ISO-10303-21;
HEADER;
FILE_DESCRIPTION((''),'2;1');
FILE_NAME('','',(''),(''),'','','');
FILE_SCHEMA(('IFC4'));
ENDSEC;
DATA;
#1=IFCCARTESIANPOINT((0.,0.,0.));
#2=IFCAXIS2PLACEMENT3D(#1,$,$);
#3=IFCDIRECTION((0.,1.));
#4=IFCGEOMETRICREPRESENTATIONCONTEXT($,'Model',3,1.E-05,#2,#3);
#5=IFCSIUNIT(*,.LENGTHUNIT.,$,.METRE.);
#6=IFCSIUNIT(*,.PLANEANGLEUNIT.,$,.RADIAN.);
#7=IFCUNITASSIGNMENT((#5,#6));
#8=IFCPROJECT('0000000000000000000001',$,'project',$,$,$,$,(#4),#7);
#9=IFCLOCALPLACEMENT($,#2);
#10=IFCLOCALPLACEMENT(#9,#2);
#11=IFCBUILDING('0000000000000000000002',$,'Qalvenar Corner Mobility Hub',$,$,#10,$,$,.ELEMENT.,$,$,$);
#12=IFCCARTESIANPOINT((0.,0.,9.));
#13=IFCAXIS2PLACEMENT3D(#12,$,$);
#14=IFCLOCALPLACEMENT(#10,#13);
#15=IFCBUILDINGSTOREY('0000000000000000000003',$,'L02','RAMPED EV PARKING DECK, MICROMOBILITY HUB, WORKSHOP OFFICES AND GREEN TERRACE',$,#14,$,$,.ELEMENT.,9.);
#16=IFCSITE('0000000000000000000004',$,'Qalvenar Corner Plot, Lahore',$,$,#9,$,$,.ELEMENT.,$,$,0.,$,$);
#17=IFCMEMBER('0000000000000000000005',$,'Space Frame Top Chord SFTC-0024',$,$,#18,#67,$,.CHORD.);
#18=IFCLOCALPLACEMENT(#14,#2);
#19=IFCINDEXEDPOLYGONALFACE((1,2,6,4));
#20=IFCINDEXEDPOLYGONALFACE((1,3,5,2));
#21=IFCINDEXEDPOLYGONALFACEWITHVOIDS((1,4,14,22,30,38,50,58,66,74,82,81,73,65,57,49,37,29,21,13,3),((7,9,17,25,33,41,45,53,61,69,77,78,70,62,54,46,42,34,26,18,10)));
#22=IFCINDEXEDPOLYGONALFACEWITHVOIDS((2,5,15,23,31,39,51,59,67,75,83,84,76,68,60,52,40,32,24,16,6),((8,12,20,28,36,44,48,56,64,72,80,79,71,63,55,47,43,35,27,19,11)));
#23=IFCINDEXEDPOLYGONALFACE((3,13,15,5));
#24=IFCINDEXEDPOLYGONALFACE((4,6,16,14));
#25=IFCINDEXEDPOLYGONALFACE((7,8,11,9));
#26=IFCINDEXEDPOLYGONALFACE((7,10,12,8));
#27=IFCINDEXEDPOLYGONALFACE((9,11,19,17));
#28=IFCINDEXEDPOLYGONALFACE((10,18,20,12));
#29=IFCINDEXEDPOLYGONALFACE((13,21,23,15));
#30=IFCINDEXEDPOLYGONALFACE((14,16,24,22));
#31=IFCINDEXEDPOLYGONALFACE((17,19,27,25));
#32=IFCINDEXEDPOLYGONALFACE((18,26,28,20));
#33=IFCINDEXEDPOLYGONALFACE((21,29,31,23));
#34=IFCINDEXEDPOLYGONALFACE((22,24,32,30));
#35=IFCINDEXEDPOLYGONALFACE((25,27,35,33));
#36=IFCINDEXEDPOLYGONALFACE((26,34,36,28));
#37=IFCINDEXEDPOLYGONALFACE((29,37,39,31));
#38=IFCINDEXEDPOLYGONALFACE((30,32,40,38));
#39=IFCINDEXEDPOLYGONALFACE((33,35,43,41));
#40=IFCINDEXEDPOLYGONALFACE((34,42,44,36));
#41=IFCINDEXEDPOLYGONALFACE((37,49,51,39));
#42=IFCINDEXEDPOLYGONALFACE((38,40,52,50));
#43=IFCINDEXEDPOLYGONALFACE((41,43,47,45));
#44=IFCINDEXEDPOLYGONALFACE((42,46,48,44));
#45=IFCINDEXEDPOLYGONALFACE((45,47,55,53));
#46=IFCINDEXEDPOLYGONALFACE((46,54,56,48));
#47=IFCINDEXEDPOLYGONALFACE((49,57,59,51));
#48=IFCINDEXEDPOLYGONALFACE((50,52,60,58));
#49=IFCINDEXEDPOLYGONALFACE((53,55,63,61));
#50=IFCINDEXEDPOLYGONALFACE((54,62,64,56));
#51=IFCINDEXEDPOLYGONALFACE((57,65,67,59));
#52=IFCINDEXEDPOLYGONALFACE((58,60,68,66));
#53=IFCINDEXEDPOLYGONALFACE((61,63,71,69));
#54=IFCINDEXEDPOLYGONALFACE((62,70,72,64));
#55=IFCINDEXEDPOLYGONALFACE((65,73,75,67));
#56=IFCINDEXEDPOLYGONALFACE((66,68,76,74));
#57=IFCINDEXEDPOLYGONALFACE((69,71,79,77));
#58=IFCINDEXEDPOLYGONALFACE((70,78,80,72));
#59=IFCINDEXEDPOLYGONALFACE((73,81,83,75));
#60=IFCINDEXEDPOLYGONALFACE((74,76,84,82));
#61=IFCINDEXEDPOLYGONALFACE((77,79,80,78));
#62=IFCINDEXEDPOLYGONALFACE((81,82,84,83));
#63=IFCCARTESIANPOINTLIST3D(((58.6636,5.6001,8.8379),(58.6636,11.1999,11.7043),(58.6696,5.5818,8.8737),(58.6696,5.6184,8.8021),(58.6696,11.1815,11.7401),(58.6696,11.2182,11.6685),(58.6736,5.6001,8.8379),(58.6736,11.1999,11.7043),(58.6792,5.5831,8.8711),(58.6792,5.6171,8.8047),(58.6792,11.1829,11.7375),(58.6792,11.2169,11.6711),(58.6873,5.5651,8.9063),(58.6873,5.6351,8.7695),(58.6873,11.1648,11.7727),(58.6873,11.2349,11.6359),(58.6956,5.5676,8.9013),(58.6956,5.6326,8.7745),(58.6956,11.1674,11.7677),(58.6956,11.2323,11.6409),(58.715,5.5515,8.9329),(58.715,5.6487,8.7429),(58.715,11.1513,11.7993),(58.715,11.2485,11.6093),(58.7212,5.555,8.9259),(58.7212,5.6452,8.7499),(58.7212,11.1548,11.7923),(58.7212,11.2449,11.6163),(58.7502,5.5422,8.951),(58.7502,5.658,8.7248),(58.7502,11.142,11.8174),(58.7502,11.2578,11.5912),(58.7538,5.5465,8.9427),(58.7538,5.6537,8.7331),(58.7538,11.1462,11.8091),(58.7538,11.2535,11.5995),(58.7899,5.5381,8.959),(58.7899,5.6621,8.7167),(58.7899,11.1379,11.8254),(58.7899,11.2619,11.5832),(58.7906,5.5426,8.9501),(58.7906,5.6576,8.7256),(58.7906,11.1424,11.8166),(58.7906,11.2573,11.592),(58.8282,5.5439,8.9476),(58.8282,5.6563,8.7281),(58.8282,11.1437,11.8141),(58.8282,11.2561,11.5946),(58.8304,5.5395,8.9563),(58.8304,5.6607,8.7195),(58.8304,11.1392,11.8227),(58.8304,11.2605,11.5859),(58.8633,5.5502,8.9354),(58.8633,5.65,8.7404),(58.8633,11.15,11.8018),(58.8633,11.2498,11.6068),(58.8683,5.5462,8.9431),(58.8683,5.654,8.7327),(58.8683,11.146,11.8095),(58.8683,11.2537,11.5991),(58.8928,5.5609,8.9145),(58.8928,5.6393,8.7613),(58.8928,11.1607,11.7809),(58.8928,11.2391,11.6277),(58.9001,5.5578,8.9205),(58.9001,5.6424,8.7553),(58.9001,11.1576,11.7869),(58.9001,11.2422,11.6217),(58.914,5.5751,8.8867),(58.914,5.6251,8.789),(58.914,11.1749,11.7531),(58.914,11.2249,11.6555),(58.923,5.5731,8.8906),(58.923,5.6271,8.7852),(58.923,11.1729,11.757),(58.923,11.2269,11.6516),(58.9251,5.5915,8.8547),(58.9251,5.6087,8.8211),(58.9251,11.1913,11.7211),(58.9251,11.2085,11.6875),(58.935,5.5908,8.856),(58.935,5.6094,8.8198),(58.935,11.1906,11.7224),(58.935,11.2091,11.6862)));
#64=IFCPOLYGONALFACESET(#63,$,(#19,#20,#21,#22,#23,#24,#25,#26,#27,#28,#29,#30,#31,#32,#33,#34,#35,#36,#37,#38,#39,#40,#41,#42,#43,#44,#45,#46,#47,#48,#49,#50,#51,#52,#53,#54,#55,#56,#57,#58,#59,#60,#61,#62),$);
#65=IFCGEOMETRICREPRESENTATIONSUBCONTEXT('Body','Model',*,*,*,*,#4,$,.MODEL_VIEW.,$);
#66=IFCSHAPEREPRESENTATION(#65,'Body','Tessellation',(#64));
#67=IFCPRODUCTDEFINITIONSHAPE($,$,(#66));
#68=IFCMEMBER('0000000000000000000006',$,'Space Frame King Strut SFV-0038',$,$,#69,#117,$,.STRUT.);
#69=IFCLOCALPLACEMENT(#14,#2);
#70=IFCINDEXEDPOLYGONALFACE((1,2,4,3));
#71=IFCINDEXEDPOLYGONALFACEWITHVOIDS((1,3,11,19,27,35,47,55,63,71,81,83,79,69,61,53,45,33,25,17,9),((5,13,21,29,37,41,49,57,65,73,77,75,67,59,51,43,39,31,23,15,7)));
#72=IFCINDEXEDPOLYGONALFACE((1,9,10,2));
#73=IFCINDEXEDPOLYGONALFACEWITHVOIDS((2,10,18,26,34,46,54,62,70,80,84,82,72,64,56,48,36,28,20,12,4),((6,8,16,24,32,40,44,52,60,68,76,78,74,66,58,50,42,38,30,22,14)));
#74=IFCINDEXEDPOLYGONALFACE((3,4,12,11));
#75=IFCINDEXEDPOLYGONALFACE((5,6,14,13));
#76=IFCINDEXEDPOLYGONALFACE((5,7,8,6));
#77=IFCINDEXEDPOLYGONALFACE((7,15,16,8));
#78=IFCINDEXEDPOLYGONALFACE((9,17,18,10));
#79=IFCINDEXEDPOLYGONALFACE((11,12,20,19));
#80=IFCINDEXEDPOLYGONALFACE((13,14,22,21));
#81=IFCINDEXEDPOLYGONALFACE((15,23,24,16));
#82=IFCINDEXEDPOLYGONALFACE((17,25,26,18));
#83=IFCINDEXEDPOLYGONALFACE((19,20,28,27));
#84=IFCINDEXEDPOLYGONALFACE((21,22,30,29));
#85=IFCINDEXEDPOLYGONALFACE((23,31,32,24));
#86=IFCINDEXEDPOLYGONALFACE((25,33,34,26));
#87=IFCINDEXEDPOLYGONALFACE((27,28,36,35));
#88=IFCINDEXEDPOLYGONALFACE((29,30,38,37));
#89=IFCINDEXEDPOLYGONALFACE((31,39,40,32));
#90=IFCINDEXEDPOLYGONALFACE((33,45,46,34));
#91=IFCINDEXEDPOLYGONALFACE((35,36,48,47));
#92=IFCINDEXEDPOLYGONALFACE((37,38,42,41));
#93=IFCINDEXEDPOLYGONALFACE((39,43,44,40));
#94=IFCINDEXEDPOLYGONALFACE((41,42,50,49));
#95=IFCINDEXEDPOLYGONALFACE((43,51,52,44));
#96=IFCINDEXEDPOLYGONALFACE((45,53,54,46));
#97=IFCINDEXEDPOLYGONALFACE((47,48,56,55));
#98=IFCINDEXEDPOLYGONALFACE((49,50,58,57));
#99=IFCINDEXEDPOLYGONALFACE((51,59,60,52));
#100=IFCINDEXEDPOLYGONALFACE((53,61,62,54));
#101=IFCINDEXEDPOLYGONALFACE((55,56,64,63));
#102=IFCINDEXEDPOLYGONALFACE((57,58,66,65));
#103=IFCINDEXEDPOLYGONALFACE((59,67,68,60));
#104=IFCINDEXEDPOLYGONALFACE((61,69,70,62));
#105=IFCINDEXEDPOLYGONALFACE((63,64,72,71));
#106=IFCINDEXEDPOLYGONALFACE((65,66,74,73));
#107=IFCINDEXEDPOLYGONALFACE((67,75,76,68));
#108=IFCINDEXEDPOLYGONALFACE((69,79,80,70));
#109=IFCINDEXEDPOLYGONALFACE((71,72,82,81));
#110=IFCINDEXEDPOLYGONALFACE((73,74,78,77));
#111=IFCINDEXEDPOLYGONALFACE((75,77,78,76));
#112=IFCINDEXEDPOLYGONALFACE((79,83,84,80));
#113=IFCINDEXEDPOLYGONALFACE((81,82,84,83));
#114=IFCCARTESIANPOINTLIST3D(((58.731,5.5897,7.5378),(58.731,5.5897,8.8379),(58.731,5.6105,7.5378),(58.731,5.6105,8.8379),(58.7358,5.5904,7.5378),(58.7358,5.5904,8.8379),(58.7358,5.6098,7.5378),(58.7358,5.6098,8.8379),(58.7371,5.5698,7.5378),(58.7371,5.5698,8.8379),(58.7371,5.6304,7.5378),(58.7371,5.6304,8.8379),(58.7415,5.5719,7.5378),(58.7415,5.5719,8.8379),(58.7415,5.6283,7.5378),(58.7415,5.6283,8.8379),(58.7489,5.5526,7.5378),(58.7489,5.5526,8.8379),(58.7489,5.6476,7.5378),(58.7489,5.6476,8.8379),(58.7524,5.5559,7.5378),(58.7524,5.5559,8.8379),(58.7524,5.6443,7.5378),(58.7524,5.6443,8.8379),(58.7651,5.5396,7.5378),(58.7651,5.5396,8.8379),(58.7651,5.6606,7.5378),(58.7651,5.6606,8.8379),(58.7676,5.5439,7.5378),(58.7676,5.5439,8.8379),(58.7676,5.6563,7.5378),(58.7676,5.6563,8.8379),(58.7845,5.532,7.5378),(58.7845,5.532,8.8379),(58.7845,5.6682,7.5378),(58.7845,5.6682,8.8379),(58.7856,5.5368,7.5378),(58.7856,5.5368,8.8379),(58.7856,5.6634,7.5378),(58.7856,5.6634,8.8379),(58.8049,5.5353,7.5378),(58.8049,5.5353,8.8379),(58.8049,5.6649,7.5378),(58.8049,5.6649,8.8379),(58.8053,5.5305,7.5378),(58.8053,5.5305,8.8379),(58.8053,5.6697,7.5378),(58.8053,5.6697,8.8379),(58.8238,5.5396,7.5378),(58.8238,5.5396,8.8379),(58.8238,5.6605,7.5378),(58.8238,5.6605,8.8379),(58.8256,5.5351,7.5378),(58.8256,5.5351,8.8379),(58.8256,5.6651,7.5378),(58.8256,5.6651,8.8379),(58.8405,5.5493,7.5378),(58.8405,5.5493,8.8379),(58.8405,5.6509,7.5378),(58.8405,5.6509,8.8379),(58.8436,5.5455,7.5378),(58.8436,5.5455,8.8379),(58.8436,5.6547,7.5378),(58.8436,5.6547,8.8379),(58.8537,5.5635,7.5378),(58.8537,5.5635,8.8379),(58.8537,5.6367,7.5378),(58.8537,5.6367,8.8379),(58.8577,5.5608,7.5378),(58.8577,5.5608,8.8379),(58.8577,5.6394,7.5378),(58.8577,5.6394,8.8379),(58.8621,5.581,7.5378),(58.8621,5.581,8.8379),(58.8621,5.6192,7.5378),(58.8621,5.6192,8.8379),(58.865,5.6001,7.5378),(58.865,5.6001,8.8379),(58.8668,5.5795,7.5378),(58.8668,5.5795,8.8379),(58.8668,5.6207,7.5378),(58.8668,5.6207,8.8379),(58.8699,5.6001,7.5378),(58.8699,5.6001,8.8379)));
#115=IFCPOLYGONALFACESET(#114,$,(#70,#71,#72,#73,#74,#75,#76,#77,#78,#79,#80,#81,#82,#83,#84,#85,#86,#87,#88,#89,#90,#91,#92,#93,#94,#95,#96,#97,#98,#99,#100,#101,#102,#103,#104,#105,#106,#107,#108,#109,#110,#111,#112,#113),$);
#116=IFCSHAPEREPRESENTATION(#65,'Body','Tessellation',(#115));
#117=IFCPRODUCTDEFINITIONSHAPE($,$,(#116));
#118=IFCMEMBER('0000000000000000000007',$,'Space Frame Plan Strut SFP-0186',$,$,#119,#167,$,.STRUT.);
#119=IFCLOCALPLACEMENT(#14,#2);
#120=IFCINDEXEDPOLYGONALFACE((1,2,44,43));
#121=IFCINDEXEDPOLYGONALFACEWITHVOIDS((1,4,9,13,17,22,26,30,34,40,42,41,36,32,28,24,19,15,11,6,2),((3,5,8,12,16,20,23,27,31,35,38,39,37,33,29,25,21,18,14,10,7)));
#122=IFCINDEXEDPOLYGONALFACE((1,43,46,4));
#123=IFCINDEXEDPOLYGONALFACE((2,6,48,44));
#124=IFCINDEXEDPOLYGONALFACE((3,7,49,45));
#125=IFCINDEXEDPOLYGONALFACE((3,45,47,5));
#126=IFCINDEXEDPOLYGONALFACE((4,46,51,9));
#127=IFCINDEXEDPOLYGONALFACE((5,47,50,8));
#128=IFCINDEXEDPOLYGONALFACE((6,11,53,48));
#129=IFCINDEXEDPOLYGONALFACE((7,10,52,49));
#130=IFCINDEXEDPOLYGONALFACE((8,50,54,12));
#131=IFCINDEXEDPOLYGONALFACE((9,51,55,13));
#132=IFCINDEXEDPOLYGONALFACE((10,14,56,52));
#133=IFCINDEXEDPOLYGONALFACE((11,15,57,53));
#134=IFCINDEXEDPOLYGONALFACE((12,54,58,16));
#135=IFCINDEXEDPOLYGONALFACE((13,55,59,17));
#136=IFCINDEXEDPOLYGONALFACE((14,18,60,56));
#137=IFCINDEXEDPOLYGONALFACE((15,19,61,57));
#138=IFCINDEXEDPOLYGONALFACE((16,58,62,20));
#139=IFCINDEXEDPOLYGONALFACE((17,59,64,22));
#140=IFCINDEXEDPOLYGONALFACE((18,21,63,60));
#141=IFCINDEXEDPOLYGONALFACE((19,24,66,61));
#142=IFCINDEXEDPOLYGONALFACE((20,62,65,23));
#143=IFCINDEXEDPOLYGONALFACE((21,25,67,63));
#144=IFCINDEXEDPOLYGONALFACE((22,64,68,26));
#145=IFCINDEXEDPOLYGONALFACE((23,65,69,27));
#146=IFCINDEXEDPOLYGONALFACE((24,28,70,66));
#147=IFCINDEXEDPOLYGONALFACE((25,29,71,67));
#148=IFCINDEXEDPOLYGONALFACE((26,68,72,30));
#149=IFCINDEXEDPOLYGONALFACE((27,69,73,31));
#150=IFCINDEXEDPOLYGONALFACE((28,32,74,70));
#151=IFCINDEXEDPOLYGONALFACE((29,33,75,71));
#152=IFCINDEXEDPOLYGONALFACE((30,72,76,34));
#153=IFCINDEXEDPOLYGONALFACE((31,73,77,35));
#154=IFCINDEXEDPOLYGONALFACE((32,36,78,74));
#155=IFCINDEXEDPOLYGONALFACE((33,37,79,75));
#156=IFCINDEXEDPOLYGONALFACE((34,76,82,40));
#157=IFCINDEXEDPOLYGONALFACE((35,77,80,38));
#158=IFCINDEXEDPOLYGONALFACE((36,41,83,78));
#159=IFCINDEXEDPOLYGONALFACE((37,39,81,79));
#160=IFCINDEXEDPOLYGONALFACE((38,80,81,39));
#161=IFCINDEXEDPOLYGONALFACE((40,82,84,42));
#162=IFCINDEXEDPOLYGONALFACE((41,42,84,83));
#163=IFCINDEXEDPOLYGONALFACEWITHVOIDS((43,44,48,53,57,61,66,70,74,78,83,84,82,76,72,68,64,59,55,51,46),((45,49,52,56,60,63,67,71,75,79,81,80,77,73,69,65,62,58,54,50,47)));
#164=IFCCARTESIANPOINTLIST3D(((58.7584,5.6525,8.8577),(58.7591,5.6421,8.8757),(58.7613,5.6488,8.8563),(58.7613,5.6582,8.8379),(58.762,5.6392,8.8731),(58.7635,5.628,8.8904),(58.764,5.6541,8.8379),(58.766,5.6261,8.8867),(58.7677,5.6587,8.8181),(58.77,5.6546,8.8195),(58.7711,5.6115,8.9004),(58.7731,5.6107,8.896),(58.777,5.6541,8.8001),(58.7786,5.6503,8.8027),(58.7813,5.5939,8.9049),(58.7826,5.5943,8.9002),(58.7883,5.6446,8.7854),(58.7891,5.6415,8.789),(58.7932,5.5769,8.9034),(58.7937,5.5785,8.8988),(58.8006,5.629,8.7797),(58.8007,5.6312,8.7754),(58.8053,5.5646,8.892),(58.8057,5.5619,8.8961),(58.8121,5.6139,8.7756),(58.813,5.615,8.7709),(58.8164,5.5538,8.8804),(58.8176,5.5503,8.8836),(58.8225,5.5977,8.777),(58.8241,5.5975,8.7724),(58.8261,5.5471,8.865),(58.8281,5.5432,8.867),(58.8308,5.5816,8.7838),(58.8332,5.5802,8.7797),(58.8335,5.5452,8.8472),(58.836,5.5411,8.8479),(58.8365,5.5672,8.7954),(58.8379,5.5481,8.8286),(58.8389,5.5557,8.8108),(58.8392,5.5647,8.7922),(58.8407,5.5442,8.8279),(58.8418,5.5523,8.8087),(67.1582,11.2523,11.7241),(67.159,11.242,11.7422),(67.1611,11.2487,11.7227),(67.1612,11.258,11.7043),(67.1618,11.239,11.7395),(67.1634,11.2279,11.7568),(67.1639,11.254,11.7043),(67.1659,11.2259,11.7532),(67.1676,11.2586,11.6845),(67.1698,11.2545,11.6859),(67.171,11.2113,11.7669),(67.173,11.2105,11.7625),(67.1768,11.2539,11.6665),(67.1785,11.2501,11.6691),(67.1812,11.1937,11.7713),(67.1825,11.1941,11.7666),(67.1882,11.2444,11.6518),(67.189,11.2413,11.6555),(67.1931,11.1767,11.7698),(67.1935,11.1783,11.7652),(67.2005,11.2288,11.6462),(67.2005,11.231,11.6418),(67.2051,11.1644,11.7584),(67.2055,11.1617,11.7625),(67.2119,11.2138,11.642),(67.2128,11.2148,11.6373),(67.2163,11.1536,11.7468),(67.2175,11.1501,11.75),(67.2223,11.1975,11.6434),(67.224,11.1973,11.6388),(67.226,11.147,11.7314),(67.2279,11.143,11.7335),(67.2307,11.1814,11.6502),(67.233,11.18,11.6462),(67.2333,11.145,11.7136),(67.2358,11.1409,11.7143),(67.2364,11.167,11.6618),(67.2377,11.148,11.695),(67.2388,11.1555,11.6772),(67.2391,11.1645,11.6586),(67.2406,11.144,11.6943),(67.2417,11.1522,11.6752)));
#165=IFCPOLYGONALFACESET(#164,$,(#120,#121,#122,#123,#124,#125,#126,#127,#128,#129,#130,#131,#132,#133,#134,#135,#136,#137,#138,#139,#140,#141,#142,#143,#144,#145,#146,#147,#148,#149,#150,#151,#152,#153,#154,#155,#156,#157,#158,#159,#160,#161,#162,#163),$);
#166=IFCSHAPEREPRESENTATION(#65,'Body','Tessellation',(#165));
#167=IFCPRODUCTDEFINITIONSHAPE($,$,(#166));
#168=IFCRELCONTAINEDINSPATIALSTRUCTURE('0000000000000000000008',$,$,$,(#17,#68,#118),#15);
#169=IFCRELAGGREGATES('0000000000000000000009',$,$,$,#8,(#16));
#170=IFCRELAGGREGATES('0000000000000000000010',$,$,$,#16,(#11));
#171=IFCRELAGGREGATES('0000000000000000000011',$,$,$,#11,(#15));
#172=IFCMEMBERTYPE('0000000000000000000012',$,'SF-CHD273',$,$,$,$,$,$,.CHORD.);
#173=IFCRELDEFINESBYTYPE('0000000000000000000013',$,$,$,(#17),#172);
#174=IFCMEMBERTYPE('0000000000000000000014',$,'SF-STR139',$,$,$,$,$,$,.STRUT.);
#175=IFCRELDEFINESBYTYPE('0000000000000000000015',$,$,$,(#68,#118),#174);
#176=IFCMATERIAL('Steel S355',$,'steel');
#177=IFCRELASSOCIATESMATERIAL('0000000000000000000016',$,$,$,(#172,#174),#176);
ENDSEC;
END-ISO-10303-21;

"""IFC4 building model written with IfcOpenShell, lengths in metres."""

from ifc_helpers import new_model, si_unit, direction, frame, origin, origin_2d, place, context, subcontext, project, spatial, hollow_circle, extrude, material, material_profile, profile_set, type_object, element, save


model = new_model("IFC4")

# Units and contexts
model_context = context("Model", 3, precision=1e-05, world=origin(), true_north=direction((0.0, 1.0)))
body_context = subcontext(model_context, "Body", "Model", "MODEL_VIEW")
ifc_project = project(units=[si_unit("LENGTHUNIT", "METRE"), si_unit("PLANEANGLEUNIT", "RADIAN")], contexts=[model_context])

# Site, building, storey
site_placement = place(None, origin())
site = spatial("IfcSite", under=ifc_project, at=site_placement, Name="Qalvenar Corner Plot, Lahore", CompositionType="ELEMENT", RefElevation=0.0)
building_placement = place(site_placement, origin())
building = spatial("IfcBuilding", under=site, at=building_placement, Name="Qalvenar Corner Mobility Hub", CompositionType="ELEMENT")
storey_placement = place(building_placement, frame((0.0, 0.0, 9.0)))
storey = spatial("IfcBuildingStorey", under=building, at=storey_placement, Name="L02", Description="RAMPED EV PARKING DECK, MICROMOBILITY HUB, WORKSHOP OFFICES AND GREEN TERRACE", CompositionType="ELEMENT", Elevation=9.0)

# Members
ifc_material_1 = material(Name="Steel S355", Category="steel")
ifc_material_profile_1 = material_profile(ifc_material_1, hollow_circle(Radius=0.1365, WallThickness=0.01, at=origin_2d()), Name="CHS273x10")
ifc_profile_set_1 = profile_set([ifc_material_profile_1], Name="Steel S355")
member_type_1 = type_object("IfcMemberType", Name="SF-CHD273", PredefinedType="CHORD", material=ifc_profile_set_1)
member_1_placement = place(storey_placement, frame((58.8, 5.6001, 8.8379), z_axis=(0.0, 0.890157, 0.455654), x_axis=(-1.0, 0.0, 0.0)))
element("IfcMember", 1, at=member_1_placement, inside=storey, type_object=member_type_1, Name="Space Frame Top Chord SFTC-0024", PredefinedType="CHORD", context=body_context, shape_type="SweptSolid", body=[
    extrude(hollow_circle(Radius=0.1365, WallThickness=0.01, at=origin_2d()), origin(), (0.0, 0.0, 1.0), 6.2908),
])
ifc_material_profile_2 = material_profile(ifc_material_1, hollow_circle(Radius=0.0698, WallThickness=0.0049, at=origin_2d()), Name="CHS139.7x5")
ifc_profile_set_2 = profile_set([ifc_material_profile_2], Name="Steel S355")
member_type_2 = type_object("IfcMemberType", Name="SF-STR139", PredefinedType="STRUT", material=ifc_profile_set_2)
member_2_placement = place(storey_placement, frame((58.8, 5.6001, 7.5378), z_axis=(0.0, 0.0, 1.0), x_axis=(1.0, 0.0, 0.0)))
element("IfcMember", 2, at=member_2_placement, inside=storey, type_object=member_type_2, Name="Space Frame King Strut SFV-0038", PredefinedType="STRUT", context=body_context, shape_type="SweptSolid", body=[
    extrude(hollow_circle(Radius=0.0698, WallThickness=0.0049, at=origin_2d()), origin(), (0.0, 0.0, 1.0), 1.3),
])
member_3_placement = place(storey_placement, frame((58.8, 5.6001, 8.8379), z_axis=(0.800414, 0.533602, 0.27314), x_axis=(-0.554695, 0.832054, 0.0)))
element("IfcMember", 3, at=member_3_placement, inside=storey, type_object=member_type_2, Name="Space Frame Plan Strut SFP-0186", PredefinedType="STRUT", context=body_context, shape_type="SweptSolid", body=[
    extrude(hollow_circle(Radius=0.0698, WallThickness=0.0049, at=origin_2d()), origin(), (0.0, 0.0, 1.0), 10.4944),
])

save(model, "model.ifc")
